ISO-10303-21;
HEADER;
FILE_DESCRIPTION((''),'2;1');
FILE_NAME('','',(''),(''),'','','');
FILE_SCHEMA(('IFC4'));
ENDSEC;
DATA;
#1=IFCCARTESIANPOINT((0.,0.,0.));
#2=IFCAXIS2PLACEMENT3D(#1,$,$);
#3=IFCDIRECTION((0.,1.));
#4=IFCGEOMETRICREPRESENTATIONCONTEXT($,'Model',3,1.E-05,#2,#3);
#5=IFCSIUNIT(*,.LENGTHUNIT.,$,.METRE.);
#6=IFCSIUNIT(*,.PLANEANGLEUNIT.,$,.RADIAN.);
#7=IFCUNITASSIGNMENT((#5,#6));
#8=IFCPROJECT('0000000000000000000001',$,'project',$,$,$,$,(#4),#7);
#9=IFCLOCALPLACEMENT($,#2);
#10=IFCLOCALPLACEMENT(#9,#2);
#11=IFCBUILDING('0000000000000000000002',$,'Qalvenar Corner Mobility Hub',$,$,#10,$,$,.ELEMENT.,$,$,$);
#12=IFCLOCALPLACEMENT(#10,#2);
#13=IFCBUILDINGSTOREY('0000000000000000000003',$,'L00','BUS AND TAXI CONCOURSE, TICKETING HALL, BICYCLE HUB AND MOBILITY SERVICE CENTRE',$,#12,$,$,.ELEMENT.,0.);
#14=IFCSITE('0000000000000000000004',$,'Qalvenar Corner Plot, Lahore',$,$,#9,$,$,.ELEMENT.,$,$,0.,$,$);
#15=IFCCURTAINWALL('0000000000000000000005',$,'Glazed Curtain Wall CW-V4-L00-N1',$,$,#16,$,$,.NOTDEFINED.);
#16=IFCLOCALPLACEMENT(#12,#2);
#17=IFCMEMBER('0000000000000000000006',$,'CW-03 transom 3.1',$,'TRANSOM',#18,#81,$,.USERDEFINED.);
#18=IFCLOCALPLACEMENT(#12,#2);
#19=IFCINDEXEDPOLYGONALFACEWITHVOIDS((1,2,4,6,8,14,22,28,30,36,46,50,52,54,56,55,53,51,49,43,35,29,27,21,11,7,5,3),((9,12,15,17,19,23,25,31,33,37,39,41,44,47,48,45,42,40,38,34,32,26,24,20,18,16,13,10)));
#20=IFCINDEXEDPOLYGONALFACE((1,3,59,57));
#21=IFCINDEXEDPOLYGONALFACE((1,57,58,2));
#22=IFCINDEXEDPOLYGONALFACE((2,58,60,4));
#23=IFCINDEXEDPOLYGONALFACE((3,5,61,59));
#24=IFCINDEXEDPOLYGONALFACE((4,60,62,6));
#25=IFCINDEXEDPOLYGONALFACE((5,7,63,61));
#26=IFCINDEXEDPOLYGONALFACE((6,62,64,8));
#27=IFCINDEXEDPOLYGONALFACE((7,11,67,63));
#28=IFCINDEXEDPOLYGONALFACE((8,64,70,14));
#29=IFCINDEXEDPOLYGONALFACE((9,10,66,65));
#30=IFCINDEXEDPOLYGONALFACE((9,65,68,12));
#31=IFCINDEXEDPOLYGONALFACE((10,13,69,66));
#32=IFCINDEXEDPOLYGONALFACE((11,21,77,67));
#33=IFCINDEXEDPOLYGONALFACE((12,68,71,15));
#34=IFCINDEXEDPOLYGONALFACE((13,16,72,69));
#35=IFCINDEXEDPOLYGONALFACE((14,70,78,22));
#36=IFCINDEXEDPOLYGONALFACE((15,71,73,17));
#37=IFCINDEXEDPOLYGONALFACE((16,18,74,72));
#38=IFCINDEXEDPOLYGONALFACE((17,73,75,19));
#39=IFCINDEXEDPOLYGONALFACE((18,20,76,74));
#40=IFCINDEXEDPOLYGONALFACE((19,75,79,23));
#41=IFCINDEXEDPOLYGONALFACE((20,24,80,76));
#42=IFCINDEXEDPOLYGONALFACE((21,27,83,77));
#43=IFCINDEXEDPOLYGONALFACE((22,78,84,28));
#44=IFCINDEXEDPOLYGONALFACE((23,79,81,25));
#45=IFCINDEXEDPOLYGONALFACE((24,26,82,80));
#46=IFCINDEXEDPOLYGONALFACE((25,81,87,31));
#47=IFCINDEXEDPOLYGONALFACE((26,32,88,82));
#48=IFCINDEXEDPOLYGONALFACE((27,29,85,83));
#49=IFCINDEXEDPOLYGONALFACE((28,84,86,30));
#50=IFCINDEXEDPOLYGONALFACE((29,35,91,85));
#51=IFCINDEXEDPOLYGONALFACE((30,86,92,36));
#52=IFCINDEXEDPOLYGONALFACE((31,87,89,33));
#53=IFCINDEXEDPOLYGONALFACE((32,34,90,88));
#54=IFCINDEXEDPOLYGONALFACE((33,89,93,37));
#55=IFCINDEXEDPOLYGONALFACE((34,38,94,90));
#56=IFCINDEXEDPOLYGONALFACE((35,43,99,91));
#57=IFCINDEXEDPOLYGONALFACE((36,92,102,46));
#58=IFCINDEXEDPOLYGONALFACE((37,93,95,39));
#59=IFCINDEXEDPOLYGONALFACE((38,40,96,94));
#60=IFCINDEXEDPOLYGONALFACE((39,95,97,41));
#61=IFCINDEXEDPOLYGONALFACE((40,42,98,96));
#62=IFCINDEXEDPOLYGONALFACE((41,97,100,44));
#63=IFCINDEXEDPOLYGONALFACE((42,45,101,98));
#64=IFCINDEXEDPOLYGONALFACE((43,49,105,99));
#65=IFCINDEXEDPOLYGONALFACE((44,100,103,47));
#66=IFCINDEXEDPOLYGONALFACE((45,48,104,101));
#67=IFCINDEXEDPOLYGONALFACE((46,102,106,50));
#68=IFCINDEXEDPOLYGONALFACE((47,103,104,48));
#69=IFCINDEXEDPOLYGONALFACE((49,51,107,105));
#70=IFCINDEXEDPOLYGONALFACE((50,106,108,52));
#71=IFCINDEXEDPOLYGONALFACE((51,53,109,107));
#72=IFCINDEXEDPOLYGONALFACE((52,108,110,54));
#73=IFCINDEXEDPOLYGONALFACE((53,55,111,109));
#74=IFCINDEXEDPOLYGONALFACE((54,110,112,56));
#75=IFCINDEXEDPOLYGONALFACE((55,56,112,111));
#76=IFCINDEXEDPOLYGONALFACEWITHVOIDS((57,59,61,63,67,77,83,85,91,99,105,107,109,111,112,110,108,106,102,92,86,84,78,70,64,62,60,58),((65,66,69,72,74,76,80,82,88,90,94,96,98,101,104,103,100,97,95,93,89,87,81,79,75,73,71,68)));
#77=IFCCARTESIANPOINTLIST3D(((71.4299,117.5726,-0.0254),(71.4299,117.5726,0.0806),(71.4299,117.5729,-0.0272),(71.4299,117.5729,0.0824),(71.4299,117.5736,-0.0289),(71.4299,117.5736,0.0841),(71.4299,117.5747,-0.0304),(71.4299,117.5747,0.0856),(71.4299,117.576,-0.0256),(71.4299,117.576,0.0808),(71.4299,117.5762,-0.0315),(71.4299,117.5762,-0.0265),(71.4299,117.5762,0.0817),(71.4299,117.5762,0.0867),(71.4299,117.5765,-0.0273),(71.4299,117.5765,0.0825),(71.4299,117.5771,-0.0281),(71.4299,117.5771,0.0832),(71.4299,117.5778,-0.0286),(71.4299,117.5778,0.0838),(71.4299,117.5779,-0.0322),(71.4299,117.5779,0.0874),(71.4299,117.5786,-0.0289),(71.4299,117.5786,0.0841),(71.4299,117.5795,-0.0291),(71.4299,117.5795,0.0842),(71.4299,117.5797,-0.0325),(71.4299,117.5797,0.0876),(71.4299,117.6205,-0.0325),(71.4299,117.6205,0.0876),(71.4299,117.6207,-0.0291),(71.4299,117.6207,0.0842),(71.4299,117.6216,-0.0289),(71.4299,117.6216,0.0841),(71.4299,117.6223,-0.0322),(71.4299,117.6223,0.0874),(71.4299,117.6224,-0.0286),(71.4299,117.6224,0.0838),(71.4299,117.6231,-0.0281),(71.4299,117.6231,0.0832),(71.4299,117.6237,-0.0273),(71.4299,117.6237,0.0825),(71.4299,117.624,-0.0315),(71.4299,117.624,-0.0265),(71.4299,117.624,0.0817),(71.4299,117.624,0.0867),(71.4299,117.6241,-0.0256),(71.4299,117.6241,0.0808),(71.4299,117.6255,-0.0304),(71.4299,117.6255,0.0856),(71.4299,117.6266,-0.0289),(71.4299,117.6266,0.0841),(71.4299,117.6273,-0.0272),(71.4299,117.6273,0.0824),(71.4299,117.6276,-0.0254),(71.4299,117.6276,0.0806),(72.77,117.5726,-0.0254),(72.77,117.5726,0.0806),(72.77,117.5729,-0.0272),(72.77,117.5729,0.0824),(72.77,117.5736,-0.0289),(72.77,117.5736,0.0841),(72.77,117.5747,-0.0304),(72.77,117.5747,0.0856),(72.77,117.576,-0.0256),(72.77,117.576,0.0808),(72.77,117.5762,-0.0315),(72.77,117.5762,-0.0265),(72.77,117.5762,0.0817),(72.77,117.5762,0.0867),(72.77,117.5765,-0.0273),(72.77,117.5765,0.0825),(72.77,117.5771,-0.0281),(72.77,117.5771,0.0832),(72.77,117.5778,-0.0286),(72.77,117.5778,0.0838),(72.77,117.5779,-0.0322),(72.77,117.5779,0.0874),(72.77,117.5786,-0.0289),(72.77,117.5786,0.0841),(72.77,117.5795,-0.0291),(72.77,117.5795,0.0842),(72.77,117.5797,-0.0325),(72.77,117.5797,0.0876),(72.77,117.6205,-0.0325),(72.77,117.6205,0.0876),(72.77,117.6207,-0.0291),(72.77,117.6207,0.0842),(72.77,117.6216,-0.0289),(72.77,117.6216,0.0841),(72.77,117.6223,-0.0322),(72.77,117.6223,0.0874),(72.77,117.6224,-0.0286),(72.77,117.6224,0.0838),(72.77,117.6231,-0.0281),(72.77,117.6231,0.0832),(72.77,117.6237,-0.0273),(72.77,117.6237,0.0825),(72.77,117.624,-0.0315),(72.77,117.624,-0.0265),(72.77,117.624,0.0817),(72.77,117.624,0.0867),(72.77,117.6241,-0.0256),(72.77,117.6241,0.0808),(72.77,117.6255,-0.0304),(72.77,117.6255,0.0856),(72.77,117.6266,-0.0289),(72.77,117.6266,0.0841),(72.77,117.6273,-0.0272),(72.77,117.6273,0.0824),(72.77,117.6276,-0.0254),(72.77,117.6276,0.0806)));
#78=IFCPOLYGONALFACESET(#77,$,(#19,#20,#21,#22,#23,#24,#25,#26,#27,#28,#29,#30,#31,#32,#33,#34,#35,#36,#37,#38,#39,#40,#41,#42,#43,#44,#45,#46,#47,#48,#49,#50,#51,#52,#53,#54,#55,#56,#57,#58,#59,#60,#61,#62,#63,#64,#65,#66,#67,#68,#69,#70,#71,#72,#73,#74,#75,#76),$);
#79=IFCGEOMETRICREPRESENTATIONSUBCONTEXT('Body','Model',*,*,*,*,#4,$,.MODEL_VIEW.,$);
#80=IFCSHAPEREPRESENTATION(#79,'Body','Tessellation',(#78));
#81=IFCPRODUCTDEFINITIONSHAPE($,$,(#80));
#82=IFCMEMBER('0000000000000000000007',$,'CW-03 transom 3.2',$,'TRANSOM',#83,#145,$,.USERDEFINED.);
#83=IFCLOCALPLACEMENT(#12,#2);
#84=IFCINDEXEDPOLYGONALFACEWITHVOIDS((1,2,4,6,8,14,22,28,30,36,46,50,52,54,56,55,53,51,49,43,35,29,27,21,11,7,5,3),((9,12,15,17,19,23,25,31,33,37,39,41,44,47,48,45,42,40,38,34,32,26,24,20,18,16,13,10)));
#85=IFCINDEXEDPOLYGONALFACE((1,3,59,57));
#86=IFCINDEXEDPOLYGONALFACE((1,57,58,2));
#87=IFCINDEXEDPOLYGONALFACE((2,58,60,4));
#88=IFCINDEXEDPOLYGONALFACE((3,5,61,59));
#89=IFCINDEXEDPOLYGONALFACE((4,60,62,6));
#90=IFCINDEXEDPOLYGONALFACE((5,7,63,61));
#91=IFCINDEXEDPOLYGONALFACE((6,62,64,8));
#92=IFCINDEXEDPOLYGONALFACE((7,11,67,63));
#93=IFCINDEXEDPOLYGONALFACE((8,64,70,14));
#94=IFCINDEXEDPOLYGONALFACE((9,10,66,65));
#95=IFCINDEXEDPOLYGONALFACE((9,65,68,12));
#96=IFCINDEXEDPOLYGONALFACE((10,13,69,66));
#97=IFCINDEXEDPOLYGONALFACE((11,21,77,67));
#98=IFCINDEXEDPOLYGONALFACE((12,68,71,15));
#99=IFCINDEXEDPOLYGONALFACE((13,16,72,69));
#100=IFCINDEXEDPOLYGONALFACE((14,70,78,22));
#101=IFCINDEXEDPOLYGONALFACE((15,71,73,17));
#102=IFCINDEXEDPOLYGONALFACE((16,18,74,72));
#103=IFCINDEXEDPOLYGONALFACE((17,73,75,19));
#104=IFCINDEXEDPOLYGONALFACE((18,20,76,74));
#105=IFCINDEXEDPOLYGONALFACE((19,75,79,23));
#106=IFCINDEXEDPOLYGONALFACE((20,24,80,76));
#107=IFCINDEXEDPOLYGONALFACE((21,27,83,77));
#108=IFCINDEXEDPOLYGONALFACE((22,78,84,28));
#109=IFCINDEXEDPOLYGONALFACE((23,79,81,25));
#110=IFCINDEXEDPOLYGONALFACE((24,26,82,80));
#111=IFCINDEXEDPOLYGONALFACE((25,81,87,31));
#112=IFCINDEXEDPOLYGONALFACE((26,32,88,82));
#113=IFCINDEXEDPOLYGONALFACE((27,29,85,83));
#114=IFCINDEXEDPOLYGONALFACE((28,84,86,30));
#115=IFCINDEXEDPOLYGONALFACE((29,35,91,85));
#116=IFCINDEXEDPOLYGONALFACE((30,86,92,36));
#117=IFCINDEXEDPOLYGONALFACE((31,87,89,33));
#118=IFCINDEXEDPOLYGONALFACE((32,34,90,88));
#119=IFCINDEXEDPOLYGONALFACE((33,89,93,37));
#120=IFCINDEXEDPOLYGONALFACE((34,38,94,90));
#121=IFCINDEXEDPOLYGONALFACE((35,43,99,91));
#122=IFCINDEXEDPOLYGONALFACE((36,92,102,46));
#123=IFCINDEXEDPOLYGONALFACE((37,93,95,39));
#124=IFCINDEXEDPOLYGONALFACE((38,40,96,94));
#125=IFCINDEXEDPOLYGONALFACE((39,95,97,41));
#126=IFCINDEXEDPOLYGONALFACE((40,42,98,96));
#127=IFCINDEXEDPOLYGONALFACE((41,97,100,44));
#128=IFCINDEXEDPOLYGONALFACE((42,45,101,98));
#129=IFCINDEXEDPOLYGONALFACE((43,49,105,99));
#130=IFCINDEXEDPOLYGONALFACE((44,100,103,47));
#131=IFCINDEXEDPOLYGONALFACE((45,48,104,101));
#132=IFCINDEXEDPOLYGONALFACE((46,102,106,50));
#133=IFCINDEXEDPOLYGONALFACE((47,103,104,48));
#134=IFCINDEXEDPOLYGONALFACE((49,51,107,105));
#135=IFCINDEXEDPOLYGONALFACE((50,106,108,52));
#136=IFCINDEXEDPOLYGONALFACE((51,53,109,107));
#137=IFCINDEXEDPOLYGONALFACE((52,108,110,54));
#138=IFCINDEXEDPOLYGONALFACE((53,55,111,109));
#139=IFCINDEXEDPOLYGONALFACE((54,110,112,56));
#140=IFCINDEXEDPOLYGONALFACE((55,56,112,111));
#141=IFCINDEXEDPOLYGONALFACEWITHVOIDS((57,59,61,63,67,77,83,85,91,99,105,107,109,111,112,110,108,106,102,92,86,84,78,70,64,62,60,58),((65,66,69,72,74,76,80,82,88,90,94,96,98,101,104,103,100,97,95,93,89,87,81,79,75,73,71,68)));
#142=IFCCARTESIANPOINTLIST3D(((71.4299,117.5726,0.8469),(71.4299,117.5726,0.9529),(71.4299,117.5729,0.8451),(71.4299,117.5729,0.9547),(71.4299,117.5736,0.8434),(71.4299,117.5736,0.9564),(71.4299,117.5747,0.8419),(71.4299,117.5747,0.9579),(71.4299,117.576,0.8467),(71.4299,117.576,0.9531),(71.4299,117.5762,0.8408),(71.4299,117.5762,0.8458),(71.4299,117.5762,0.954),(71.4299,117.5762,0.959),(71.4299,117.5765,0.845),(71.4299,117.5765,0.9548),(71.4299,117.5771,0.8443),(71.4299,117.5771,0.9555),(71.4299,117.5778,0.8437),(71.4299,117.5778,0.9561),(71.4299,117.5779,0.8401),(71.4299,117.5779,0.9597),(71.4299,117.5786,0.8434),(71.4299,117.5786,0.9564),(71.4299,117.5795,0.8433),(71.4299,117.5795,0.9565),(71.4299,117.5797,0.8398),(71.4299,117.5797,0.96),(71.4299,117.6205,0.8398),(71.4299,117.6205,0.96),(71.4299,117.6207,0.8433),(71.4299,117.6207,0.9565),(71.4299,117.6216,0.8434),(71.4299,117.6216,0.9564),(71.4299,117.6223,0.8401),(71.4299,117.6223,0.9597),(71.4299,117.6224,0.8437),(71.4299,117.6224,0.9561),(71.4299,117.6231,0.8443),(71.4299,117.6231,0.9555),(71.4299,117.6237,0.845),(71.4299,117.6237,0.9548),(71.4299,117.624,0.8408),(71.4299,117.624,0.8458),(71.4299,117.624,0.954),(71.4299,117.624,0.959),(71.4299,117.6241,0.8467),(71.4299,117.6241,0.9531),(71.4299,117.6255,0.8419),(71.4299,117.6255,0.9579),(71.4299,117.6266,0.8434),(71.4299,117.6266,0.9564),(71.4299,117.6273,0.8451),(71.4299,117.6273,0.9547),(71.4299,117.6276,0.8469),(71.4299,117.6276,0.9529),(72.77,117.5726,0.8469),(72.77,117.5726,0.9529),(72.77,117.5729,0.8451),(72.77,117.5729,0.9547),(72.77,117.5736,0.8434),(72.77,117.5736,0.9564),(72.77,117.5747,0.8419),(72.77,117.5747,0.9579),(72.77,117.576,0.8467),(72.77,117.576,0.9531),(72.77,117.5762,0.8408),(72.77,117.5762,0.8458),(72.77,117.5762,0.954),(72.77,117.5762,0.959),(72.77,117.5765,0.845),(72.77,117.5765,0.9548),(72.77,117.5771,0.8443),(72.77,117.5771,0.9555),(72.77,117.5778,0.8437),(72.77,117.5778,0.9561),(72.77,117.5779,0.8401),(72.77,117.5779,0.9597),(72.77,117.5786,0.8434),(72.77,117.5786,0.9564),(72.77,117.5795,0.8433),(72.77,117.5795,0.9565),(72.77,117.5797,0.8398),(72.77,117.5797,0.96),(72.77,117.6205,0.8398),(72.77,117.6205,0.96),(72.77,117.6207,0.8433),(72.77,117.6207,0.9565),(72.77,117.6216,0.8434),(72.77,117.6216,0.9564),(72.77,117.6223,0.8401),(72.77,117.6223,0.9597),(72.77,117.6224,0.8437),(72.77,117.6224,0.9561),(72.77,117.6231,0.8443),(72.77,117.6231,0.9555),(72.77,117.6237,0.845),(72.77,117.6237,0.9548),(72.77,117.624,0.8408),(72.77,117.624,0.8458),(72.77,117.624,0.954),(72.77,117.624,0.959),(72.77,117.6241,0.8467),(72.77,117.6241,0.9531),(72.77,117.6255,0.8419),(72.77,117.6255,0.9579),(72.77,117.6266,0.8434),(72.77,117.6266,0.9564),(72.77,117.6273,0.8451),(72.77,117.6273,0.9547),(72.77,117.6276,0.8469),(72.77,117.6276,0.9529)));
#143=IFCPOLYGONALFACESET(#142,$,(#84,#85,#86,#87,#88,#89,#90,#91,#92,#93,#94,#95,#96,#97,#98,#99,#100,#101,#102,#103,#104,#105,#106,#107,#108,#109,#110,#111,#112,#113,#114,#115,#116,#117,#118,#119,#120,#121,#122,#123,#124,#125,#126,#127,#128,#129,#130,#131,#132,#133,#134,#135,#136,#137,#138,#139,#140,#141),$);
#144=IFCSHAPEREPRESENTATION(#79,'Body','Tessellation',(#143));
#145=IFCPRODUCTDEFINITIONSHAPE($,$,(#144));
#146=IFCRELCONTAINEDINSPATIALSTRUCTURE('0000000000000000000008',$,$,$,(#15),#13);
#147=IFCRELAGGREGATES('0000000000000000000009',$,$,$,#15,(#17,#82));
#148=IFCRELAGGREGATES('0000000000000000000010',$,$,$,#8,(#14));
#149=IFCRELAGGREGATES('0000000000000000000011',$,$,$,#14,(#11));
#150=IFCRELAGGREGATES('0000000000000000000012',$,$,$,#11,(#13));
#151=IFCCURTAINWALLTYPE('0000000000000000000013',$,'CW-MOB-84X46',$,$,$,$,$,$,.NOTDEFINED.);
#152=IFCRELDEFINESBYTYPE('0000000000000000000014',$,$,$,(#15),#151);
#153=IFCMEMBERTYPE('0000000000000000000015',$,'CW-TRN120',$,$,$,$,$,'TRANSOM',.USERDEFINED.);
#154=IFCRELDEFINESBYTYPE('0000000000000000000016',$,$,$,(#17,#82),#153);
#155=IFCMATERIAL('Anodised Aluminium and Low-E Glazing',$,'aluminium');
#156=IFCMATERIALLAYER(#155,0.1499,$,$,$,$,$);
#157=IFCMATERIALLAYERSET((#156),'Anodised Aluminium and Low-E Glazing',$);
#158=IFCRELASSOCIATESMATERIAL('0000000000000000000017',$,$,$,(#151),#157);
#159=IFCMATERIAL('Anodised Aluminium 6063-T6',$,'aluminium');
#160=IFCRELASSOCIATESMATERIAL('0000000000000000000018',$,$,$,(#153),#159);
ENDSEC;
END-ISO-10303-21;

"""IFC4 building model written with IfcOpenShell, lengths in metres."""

from ifc_helpers import new_model, si_unit, direction, frame, origin, origin_2d, place, context, subcontext, project, spatial, hollow_rectangle, extrude, material, layer, layer_set, material_profile, profile_set, type_object, element, aggregate, save


model = new_model("IFC4")

# Units and contexts
model_context = context("Model", 3, precision=1e-05, world=origin(), true_north=direction((0.0, 1.0)))
body_context = subcontext(model_context, "Body", "Model", "MODEL_VIEW")
ifc_project = project(units=[si_unit("LENGTHUNIT", "METRE"), si_unit("PLANEANGLEUNIT", "RADIAN")], contexts=[model_context])

# Site, building, storey
site_placement = place(None, origin())
site = spatial("IfcSite", under=ifc_project, at=site_placement, Name="Qalvenar Corner Plot, Lahore", CompositionType="ELEMENT", RefElevation=0.0)
building_placement = place(site_placement, origin())
building = spatial("IfcBuilding", under=site, at=building_placement, Name="Qalvenar Corner Mobility Hub", CompositionType="ELEMENT")
storey_placement = place(building_placement, origin())
storey = spatial("IfcBuildingStorey", under=building, at=storey_placement, Name="L00", Description="BUS AND TAXI CONCOURSE, TICKETING HALL, BICYCLE HUB AND MOBILITY SERVICE CENTRE", CompositionType="ELEMENT", Elevation=0.0)

# Curtain wall, members
ifc_material_1 = material(Name="Anodised Aluminium and Low-E Glazing", Category="aluminium")
ifc_layer_1 = layer(ifc_material_1, 0.1499)
ifc_layer_set_1 = layer_set([ifc_layer_1], Name="Anodised Aluminium and Low-E Glazing")
curtain_wall_type = type_object("IfcCurtainWallType", Name="CW-MOB-84X46", PredefinedType="NOTDEFINED", material=ifc_layer_set_1)
curtain_wall_placement = place(storey_placement, origin())
curtain_wall = element("IfcCurtainWall", 1, at=curtain_wall_placement, inside=storey, type_object=curtain_wall_type, Name="Glazed Curtain Wall CW-V4-L00-N1", PredefinedType="NOTDEFINED")
ifc_material_2 = material(Name="Anodised Aluminium 6063-T6", Category="aluminium")
ifc_material_profile_1 = material_profile(ifc_material_2, hollow_rectangle(XDim=0.0549, YDim=0.1201, WallThickness=0.0034, InnerFilletRadius=0.0034, OuterFilletRadius=0.0071, at=origin_2d()), Name="RHS120x55x3.5")
ifc_profile_set_1 = profile_set([ifc_material_profile_1], Name="Anodised Aluminium 6063-T6")
member_type_1 = type_object("IfcMemberType", Name="CW-TRN120", ElementType="TRANSOM", PredefinedType="USERDEFINED", material=ifc_profile_set_1)
member_1_placement = place(storey_placement, frame((72.77, 117.6001, 0.0276), z_axis=(-1.0, 0.0, 0.0), x_axis=(0.0, -1.0, 0.0)))
member_1 = element("IfcMember", 2, at=member_1_placement, type_object=member_type_1, Name="CW-03 transom 3.1", ObjectType="TRANSOM", PredefinedType="USERDEFINED", context=body_context, shape_type="SweptSolid", body=[
    extrude(hollow_rectangle(XDim=0.0549, YDim=0.1201, WallThickness=0.0034, InnerFilletRadius=0.0034, OuterFilletRadius=0.0071, at=origin_2d()), origin(), (0.0, 0.0, 1.0), 1.3401),
])
member_2_placement = place(storey_placement, frame((72.77, 117.6001, 0.8999), z_axis=(-1.0, 0.0, 0.0), x_axis=(0.0, -1.0, 0.0)))
member_2 = element("IfcMember", 3, at=member_2_placement, type_object=member_type_1, Name="CW-03 transom 3.2", ObjectType="TRANSOM", PredefinedType="USERDEFINED", context=body_context, shape_type="SweptSolid", body=[
    extrude(hollow_rectangle(XDim=0.0549, YDim=0.1201, WallThickness=0.0034, InnerFilletRadius=0.0034, OuterFilletRadius=0.0071, at=origin_2d()), origin(), (0.0, 0.0, 1.0), 1.3401),
])
aggregate(curtain_wall, [member_1, member_2])

save(model, "model.ifc")
